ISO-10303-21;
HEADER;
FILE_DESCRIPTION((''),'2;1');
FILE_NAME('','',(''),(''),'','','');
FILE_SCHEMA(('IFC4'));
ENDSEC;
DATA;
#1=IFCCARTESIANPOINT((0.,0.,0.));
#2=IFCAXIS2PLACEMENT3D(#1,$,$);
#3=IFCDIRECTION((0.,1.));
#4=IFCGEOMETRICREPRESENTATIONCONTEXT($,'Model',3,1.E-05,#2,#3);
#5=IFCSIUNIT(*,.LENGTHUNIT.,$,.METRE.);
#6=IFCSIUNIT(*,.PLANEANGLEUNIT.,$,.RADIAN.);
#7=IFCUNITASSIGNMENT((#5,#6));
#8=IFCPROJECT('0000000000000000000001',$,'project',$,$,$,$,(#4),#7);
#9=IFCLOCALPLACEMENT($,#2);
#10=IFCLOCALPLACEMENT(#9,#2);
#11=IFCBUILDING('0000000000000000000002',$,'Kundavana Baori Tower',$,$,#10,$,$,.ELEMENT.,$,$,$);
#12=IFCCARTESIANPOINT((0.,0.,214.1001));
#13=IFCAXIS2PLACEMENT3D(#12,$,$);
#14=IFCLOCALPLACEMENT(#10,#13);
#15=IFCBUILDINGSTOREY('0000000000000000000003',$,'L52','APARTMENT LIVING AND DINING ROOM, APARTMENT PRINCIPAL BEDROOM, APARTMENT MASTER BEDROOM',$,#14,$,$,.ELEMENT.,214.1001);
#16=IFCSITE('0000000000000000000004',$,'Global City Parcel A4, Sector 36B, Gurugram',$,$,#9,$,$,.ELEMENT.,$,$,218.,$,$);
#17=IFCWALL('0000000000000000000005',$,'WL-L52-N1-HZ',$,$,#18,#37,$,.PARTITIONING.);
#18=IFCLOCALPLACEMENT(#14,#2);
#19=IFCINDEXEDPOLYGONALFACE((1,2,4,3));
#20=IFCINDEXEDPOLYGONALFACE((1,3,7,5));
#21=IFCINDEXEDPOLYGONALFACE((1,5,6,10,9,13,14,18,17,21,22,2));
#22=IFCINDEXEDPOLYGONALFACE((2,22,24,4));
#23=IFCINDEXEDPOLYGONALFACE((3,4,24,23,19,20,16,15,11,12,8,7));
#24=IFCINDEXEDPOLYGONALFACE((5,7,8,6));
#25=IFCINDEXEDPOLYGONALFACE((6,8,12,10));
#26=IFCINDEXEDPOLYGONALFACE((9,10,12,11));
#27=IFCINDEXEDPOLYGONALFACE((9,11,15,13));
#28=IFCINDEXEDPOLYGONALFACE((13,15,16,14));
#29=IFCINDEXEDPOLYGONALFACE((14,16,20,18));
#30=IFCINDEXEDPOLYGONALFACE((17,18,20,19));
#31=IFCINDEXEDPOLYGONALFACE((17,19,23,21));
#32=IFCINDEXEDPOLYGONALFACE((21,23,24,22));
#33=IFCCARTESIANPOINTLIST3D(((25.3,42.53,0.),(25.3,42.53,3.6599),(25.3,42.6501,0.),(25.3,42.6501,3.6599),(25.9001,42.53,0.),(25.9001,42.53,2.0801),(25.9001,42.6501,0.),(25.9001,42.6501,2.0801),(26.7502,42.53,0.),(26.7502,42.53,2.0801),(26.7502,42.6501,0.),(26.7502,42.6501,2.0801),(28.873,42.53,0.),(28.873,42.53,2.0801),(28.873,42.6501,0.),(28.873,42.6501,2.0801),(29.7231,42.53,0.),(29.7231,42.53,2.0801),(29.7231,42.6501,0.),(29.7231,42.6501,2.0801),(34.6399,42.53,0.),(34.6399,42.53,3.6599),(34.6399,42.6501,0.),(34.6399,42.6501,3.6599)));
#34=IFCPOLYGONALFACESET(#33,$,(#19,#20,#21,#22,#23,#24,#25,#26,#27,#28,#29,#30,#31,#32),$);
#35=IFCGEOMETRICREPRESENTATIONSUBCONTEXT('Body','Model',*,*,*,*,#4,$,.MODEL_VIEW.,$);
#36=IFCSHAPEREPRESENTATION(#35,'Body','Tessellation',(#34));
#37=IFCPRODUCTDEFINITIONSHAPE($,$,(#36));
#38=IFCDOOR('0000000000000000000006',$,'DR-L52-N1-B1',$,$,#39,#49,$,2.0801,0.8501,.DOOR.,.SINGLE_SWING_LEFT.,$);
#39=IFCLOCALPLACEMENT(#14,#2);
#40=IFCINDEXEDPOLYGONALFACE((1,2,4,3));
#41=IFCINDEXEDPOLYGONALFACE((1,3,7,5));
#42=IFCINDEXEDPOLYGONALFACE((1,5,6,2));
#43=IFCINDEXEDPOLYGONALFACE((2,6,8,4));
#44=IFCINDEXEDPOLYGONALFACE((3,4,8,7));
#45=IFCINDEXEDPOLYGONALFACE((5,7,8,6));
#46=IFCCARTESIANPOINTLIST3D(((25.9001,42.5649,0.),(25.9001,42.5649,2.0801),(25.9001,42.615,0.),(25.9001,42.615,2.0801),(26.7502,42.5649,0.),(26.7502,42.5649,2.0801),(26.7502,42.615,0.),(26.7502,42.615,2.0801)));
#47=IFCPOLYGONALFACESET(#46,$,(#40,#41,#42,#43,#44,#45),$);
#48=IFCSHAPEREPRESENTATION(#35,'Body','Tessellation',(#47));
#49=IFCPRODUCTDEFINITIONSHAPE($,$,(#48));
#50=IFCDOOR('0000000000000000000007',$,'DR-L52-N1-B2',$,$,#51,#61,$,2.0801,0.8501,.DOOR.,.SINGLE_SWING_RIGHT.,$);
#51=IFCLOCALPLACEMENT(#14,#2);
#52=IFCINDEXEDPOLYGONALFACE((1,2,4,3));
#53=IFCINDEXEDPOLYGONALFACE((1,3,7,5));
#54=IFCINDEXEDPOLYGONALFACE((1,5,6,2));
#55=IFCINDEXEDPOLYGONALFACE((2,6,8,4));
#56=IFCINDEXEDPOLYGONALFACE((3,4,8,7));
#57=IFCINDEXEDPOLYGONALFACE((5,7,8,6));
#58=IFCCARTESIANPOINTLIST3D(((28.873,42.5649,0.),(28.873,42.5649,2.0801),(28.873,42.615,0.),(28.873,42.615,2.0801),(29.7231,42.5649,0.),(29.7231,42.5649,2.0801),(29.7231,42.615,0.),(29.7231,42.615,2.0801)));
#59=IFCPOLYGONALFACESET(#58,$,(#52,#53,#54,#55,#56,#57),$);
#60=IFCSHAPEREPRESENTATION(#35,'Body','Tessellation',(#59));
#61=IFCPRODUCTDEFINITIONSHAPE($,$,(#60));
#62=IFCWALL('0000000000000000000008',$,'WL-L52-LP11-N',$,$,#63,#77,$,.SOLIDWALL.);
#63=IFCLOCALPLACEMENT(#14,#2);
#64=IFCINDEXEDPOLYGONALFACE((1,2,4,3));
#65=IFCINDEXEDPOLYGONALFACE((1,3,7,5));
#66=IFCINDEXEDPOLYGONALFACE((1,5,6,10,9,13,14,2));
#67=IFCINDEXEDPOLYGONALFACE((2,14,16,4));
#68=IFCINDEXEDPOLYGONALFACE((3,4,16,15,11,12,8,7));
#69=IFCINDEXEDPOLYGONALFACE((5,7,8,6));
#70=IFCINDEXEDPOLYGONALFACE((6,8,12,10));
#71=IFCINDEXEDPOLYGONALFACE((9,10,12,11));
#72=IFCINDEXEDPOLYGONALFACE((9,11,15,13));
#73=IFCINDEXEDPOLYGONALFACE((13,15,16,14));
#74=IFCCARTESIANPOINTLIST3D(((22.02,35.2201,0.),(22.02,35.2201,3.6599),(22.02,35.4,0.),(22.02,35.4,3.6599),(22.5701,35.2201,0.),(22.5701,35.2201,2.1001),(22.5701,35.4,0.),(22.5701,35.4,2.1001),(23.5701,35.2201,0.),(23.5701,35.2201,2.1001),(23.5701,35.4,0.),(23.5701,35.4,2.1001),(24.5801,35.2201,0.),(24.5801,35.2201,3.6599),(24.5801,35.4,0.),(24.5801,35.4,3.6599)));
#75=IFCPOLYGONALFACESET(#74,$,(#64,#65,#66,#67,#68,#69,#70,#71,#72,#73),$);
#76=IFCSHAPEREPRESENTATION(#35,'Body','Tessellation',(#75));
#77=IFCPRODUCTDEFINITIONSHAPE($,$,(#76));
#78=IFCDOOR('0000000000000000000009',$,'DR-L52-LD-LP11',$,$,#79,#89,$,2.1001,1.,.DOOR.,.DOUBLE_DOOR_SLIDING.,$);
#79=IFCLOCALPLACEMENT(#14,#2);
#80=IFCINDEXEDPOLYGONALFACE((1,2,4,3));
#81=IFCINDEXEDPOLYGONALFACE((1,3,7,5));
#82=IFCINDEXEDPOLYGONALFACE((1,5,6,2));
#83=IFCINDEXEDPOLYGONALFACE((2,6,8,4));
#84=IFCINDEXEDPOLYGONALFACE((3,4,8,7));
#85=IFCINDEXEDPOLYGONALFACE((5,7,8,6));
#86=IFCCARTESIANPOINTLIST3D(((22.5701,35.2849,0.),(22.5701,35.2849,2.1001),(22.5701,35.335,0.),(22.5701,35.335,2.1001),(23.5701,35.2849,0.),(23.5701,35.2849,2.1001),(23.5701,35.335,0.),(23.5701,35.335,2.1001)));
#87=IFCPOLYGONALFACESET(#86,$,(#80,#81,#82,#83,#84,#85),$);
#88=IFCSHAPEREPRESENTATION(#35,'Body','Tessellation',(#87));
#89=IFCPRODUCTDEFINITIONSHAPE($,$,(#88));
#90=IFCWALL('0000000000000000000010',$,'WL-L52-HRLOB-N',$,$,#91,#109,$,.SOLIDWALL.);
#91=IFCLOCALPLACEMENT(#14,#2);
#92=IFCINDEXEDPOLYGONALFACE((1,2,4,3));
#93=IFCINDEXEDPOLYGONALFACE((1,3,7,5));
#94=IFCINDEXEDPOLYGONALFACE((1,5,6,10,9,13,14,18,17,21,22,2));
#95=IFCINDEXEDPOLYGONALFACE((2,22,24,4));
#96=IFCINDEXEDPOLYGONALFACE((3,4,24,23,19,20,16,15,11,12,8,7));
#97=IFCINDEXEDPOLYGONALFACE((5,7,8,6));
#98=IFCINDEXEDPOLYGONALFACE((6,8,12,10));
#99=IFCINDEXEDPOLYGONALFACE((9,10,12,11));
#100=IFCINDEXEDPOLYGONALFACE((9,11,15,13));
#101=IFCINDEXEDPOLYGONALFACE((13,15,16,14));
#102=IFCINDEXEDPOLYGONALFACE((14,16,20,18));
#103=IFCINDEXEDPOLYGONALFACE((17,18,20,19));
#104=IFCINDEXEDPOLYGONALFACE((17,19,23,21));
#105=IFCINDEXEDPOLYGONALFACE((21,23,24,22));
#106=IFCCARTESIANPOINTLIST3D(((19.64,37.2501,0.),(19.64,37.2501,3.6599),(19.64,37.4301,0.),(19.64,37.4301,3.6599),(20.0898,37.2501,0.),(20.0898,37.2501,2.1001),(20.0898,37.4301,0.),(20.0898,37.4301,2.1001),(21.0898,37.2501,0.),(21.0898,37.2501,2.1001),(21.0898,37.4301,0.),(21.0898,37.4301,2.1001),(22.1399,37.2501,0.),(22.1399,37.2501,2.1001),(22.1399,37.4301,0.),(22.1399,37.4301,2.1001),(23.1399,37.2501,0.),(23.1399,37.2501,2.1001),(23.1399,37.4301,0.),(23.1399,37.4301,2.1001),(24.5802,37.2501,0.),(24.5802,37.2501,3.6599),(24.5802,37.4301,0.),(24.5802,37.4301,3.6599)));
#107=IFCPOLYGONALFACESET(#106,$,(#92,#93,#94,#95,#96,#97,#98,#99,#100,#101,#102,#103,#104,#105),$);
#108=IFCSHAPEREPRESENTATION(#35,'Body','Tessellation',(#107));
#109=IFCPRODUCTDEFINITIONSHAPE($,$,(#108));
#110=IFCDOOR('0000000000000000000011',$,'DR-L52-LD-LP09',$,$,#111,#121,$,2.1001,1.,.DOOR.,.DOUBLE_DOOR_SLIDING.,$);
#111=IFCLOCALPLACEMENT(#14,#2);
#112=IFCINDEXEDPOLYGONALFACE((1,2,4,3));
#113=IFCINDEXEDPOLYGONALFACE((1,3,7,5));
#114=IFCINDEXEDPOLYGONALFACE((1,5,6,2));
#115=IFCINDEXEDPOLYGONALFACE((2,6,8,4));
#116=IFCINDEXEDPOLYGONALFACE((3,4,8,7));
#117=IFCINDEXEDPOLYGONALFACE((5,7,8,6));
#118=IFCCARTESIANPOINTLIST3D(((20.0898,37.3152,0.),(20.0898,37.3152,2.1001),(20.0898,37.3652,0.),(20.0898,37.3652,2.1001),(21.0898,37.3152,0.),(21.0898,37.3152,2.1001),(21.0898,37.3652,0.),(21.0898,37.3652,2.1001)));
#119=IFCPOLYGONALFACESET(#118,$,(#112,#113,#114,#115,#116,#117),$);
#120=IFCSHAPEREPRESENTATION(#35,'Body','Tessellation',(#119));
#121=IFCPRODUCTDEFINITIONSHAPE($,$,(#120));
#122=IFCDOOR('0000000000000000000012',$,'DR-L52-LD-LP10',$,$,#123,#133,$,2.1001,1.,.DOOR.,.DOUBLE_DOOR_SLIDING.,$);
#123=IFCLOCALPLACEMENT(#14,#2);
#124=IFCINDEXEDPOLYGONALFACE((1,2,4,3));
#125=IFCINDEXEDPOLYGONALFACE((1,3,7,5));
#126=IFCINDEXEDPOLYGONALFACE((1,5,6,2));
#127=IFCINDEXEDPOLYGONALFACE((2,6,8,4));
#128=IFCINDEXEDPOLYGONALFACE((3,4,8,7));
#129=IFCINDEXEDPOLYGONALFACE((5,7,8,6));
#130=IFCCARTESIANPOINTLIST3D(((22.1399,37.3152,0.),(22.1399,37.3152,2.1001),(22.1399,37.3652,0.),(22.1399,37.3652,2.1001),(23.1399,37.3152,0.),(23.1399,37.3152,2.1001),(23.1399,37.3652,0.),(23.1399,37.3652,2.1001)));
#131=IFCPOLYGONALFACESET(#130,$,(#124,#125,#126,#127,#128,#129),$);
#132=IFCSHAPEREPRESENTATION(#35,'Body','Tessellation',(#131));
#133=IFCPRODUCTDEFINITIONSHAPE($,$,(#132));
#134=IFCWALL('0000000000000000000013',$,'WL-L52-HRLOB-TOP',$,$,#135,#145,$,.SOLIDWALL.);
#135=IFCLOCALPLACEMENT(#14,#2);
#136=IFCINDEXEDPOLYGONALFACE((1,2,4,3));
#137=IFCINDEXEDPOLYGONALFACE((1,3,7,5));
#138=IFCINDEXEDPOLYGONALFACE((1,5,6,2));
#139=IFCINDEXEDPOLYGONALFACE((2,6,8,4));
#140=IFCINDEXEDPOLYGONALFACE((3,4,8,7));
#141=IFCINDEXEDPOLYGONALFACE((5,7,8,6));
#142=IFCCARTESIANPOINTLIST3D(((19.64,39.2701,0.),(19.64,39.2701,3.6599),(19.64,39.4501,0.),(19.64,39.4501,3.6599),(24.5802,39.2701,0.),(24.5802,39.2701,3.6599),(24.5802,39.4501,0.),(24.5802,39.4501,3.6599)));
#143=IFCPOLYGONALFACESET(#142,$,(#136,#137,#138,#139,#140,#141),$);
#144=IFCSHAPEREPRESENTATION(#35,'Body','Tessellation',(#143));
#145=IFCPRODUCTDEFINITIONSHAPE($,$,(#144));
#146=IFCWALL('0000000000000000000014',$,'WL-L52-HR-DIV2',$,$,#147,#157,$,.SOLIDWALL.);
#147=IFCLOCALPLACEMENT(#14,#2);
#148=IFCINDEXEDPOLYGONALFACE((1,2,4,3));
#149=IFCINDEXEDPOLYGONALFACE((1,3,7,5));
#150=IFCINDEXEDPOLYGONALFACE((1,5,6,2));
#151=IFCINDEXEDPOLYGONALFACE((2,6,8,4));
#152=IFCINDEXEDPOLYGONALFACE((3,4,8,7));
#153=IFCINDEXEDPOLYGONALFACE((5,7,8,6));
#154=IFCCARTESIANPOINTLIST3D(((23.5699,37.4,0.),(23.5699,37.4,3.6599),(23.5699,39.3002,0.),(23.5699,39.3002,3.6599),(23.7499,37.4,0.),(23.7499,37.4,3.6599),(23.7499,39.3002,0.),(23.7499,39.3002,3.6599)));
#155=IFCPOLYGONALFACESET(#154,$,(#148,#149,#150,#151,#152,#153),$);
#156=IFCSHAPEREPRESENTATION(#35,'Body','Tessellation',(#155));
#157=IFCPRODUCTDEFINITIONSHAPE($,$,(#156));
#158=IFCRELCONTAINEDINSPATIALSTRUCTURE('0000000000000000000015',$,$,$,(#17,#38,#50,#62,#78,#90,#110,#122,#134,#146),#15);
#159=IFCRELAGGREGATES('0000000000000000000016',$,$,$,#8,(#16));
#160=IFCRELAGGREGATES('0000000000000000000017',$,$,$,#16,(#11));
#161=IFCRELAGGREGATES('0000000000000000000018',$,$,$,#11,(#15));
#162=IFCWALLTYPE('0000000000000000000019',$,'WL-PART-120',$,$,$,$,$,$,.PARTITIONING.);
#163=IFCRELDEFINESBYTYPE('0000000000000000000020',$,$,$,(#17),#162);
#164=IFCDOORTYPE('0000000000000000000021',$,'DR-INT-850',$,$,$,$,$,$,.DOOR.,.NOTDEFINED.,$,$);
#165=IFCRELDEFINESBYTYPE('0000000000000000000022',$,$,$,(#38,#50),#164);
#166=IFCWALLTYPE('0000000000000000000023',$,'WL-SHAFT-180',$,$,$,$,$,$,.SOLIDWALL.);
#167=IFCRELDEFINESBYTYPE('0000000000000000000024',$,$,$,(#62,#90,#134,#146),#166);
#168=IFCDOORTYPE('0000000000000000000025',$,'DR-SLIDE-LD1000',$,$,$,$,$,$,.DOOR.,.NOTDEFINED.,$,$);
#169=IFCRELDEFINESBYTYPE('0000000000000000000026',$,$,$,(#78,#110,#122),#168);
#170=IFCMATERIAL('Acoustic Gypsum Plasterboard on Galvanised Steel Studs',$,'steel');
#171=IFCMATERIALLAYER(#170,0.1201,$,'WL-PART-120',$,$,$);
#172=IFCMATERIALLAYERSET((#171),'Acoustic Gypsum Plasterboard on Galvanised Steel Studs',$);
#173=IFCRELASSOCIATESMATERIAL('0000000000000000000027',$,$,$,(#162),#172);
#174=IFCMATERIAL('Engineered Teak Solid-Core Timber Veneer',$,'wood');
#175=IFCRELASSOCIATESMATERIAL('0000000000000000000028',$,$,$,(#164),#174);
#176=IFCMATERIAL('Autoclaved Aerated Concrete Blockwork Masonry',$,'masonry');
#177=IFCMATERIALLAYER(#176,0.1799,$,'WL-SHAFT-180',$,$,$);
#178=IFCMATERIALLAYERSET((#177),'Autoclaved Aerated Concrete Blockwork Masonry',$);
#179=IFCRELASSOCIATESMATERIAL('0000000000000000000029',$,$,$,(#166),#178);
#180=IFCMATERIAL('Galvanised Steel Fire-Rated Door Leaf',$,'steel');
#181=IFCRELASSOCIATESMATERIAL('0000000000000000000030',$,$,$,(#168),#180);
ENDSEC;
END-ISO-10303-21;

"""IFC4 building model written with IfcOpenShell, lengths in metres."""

from ifc_helpers import new_model, si_unit, direction, frame, frame_2d, origin, place, context, subcontext, project, spatial, rectangle, extrude, material, layer, layer_set, type_object, element, fill, save


model = new_model("IFC4")

# Units and contexts
model_context = context("Model", 3, precision=1e-05, world=origin(), true_north=direction((0.0, 1.0)))
body_context = subcontext(model_context, "Body", "Model", "MODEL_VIEW")
ifc_project = project(units=[si_unit("LENGTHUNIT", "METRE"), si_unit("PLANEANGLEUNIT", "RADIAN")], contexts=[model_context])

# Site, building, storey
site_placement = place(None, origin())
site = spatial("IfcSite", under=ifc_project, at=site_placement, Name="Global City Parcel A4, Sector 36B, Gurugram", CompositionType="ELEMENT", RefElevation=218.0)
building_placement = place(site_placement, origin())
building = spatial("IfcBuilding", under=site, at=building_placement, Name="Kundavana Baori Tower", CompositionType="ELEMENT")
storey_placement = place(building_placement, frame((0.0, 0.0, 214.1001)))
storey = spatial("IfcBuildingStorey", under=building, at=storey_placement, Name="L52", Description="APARTMENT LIVING AND DINING ROOM, APARTMENT PRINCIPAL BEDROOM, APARTMENT MASTER BEDROOM", CompositionType="ELEMENT", Elevation=214.1001)

# Shared definitions
ifc_material_1 = material(Name="Acoustic Gypsum Plasterboard on Galvanised Steel Studs", Category="steel")
ifc_layer_1 = layer(ifc_material_1, 0.1201, Name="WL-PART-120")
ifc_layer_set_1 = layer_set([ifc_layer_1], Name="Acoustic Gypsum Plasterboard on Galvanised Steel Studs")
wall_type_1 = type_object("IfcWallType", Name="WL-PART-120", PredefinedType="PARTITIONING", material=ifc_layer_set_1)

# Wall, openings, doors
wall_1_placement = place(storey_placement, frame((25.3, 42.5901, 0.0), z_axis=(0.0, 0.0, 1.0), x_axis=(1.0, 0.0, 0.0)))
wall_1 = element("IfcWall", 1, at=wall_1_placement, inside=storey, type_object=wall_type_1, Name="WL-L52-N1-HZ", PredefinedType="PARTITIONING", context=body_context, shape_type="SweptSolid", body=[
    extrude(rectangle(XDim=9.3398, YDim=0.1201, at=frame_2d((4.6699, 0.0))), origin(), (0.0, 0.0, 1.0), 3.6599),
])
opening_1_placement = place(wall_1_placement, frame((0.6001, 0.0, 0.0)))
opening_1 = element("IfcOpeningElement", 2, at=opening_1_placement, cuts=wall_1, PredefinedType="OPENING", context=body_context, shape_type="SweptSolid", body=[
    extrude(rectangle(XDim=0.8501, YDim=2.0801, at=frame_2d((0.425, 1.04))), frame((0.0, 0.0701, 0.0), z_axis=(0.0, -1.0, 0.0), x_axis=(1.0, 0.0, 0.0)), (0.0, 0.0, 1.0), 0.1401),
])
opening_2_placement = place(wall_1_placement, frame((3.573, 0.0, 0.0)))
opening_2 = element("IfcOpeningElement", 3, at=opening_2_placement, cuts=wall_1, PredefinedType="OPENING", context=body_context, shape_type="SweptSolid", body=[
    extrude(rectangle(XDim=0.8501, YDim=2.0801, at=frame_2d((0.425, 1.04))), frame((0.0, 0.0701, 0.0), z_axis=(0.0, -1.0, 0.0), x_axis=(1.0, 0.0, 0.0)), (0.0, 0.0, 1.0), 0.1401),
])
ifc_material_2 = material(Name="Engineered Teak Solid-Core Timber Veneer", Category="wood")
door_type_1 = type_object("IfcDoorType", Name="DR-INT-850", OperationType="NOTDEFINED", PredefinedType="DOOR", material=ifc_material_2)
door_1_placement = place(opening_1_placement, origin())
door_1 = element("IfcDoor", 4, at=door_1_placement, inside=storey, type_object=door_type_1, Name="DR-L52-N1-B1", OperationType="SINGLE_SWING_LEFT", OverallHeight=2.0801, OverallWidth=0.8501, PredefinedType="DOOR", context=body_context, shape_type="SweptSolid", body=[
    extrude(rectangle(XDim=0.8501, YDim=2.0801, at=frame_2d((0.425, 1.04))), frame((0.0, 0.0249, 0.0), z_axis=(0.0, -1.0, 0.0), x_axis=(1.0, 0.0, 0.0)), (0.0, 0.0, 1.0), 0.05),
])
fill(opening_1, door_1)
door_2_placement = place(opening_2_placement, origin())
door_2 = element("IfcDoor", 5, at=door_2_placement, inside=storey, type_object=door_type_1, Name="DR-L52-N1-B2", OperationType="SINGLE_SWING_RIGHT", OverallHeight=2.0801, OverallWidth=0.8501, PredefinedType="DOOR", context=body_context, shape_type="SweptSolid", body=[
    extrude(rectangle(XDim=0.8501, YDim=2.0801, at=frame_2d((0.425, 1.04))), frame((0.0, 0.0249, 0.0), z_axis=(0.0, -1.0, 0.0), x_axis=(1.0, 0.0, 0.0)), (0.0, 0.0, 1.0), 0.05),
])
fill(opening_2, door_2)

# Wall, opening, door
ifc_material_3 = material(Name="Autoclaved Aerated Concrete Blockwork Masonry", Category="masonry")
ifc_layer_2 = layer(ifc_material_3, 0.1799, Name="WL-SHAFT-180")
ifc_layer_set_2 = layer_set([ifc_layer_2], Name="Autoclaved Aerated Concrete Blockwork Masonry")
wall_type_2 = type_object("IfcWallType", Name="WL-SHAFT-180", PredefinedType="SOLIDWALL", material=ifc_layer_set_2)
wall_2_placement = place(storey_placement, frame((22.02, 35.3101, 0.0), z_axis=(0.0, 0.0, 1.0), x_axis=(1.0, 0.0, 0.0)))
wall_2 = element("IfcWall", 6, at=wall_2_placement, inside=storey, type_object=wall_type_2, Name="WL-L52-LP11-N", PredefinedType="SOLIDWALL", context=body_context, shape_type="SweptSolid", body=[
    extrude(rectangle(XDim=2.5601, YDim=0.1799, at=frame_2d((1.28, 0.0))), origin(), (0.0, 0.0, 1.0), 3.6599),
])
opening_3_placement = place(wall_2_placement, frame((0.55, 0.0, 0.0)))
opening_3 = element("IfcOpeningElement", 7, at=opening_3_placement, cuts=wall_2, PredefinedType="OPENING", context=body_context, shape_type="SweptSolid", body=[
    extrude(rectangle(XDim=1.0, YDim=2.1001, at=frame_2d((0.5, 1.05))), frame((0.0, 0.1001, 0.0), z_axis=(0.0, -1.0, 0.0), x_axis=(1.0, 0.0, 0.0)), (0.0, 0.0, 1.0), 0.2),
])
ifc_material_4 = material(Name="Galvanised Steel Fire-Rated Door Leaf", Category="steel")
door_type_2 = type_object("IfcDoorType", Name="DR-SLIDE-LD1000", OperationType="NOTDEFINED", PredefinedType="DOOR", material=ifc_material_4)
door_3_placement = place(opening_3_placement, origin())
door_3 = element("IfcDoor", 8, at=door_3_placement, inside=storey, type_object=door_type_2, Name="DR-L52-LD-LP11", OperationType="DOUBLE_DOOR_SLIDING", OverallHeight=2.1001, OverallWidth=1.0, PredefinedType="DOOR", context=body_context, shape_type="SweptSolid", body=[
    extrude(rectangle(XDim=1.0, YDim=2.1001, at=frame_2d((0.5, 1.05))), frame((0.0, 0.0249, 0.0), z_axis=(0.0, -1.0, 0.0), x_axis=(1.0, 0.0, 0.0)), (0.0, 0.0, 1.0), 0.05),
])
fill(opening_3, door_3)

# Wall, openings, doors
wall_3_placement = place(storey_placement, frame((19.6399, 37.3401, 0.0), z_axis=(0.0, 0.0, 1.0), x_axis=(1.0, 0.0, 0.0)))
wall_3 = element("IfcWall", 9, at=wall_3_placement, inside=storey, type_object=wall_type_2, Name="WL-L52-HRLOB-N", PredefinedType="SOLIDWALL", context=body_context, shape_type="SweptSolid", body=[
    extrude(rectangle(XDim=4.9402, YDim=0.1799, at=frame_2d((2.4702, 0.0))), origin(), (0.0, 0.0, 1.0), 3.6599),
])
opening_4_placement = place(wall_3_placement, frame((0.45, 0.0, 0.0)))
opening_4 = element("IfcOpeningElement", 10, at=opening_4_placement, cuts=wall_3, PredefinedType="OPENING", context=body_context, shape_type="SweptSolid", body=[
    extrude(rectangle(XDim=1.0, YDim=2.1001, at=frame_2d((0.5, 1.05))), frame((0.0, 0.1001, 0.0), z_axis=(0.0, -1.0, 0.0), x_axis=(1.0, 0.0, 0.0)), (0.0, 0.0, 1.0), 0.2),
])
opening_5_placement = place(wall_3_placement, frame((2.5, 0.0, 0.0)))
opening_5 = element("IfcOpeningElement", 11, at=opening_5_placement, cuts=wall_3, PredefinedType="OPENING", context=body_context, shape_type="SweptSolid", body=[
    extrude(rectangle(XDim=1.0, YDim=2.1001, at=frame_2d((0.5, 1.05))), frame((0.0, 0.1001, 0.0), z_axis=(0.0, -1.0, 0.0), x_axis=(1.0, 0.0, 0.0)), (0.0, 0.0, 1.0), 0.2),
])
door_4_placement = place(opening_4_placement, frame((1.0, 0.0, 0.0), z_axis=(0.0, 0.0, 1.0), x_axis=(-1.0, 0.0, 0.0)))
door_4 = element("IfcDoor", 12, at=door_4_placement, inside=storey, type_object=door_type_2, Name="DR-L52-LD-LP09", OperationType="DOUBLE_DOOR_SLIDING", OverallHeight=2.1001, OverallWidth=1.0, PredefinedType="DOOR", context=body_context, shape_type="SweptSolid", body=[
    extrude(rectangle(XDim=1.0, YDim=2.1001, at=frame_2d((0.5, 1.05))), frame((0.0, 0.0249, 0.0), z_axis=(0.0, -1.0, 0.0), x_axis=(1.0, 0.0, 0.0)), (0.0, 0.0, 1.0), 0.05),
])
fill(opening_4, door_4)
door_5_placement = place(opening_5_placement, frame((1.0, 0.0, 0.0), z_axis=(0.0, 0.0, 1.0), x_axis=(-1.0, 0.0, 0.0)))
door_5 = element("IfcDoor", 13, at=door_5_placement, inside=storey, type_object=door_type_2, Name="DR-L52-LD-LP10", OperationType="DOUBLE_DOOR_SLIDING", OverallHeight=2.1001, OverallWidth=1.0, PredefinedType="DOOR", context=body_context, shape_type="SweptSolid", body=[
    extrude(rectangle(XDim=1.0, YDim=2.1001, at=frame_2d((0.5, 1.05))), frame((0.0, 0.0249, 0.0), z_axis=(0.0, -1.0, 0.0), x_axis=(1.0, 0.0, 0.0)), (0.0, 0.0, 1.0), 0.05),
])
fill(opening_5, door_5)

# Walls
wall_4_placement = place(storey_placement, frame((19.6399, 39.3601, 0.0), z_axis=(0.0, 0.0, 1.0), x_axis=(1.0, 0.0, 0.0)))
element("IfcWall", 14, at=wall_4_placement, inside=storey, type_object=wall_type_2, Name="WL-L52-HRLOB-TOP", PredefinedType="SOLIDWALL", context=body_context, shape_type="SweptSolid", body=[
    extrude(rectangle(XDim=4.9402, YDim=0.1799, at=frame_2d((2.4702, 0.0))), origin(), (0.0, 0.0, 1.0), 3.6599),
])
wall_5_placement = place(storey_placement, frame((23.6599, 37.3999, 0.0), z_axis=(0.0, 0.0, 1.0), x_axis=(0.0, 1.0, 0.0)))
element("IfcWall", 15, at=wall_5_placement, inside=storey, type_object=wall_type_2, Name="WL-L52-HR-DIV2", PredefinedType="SOLIDWALL", context=body_context, shape_type="SweptSolid", body=[
    extrude(rectangle(XDim=1.9001, YDim=0.1799, at=frame_2d((0.9502, 0.0))), origin(), (0.0, 0.0, 1.0), 3.6599),
])

save(model, "model.ifc")
